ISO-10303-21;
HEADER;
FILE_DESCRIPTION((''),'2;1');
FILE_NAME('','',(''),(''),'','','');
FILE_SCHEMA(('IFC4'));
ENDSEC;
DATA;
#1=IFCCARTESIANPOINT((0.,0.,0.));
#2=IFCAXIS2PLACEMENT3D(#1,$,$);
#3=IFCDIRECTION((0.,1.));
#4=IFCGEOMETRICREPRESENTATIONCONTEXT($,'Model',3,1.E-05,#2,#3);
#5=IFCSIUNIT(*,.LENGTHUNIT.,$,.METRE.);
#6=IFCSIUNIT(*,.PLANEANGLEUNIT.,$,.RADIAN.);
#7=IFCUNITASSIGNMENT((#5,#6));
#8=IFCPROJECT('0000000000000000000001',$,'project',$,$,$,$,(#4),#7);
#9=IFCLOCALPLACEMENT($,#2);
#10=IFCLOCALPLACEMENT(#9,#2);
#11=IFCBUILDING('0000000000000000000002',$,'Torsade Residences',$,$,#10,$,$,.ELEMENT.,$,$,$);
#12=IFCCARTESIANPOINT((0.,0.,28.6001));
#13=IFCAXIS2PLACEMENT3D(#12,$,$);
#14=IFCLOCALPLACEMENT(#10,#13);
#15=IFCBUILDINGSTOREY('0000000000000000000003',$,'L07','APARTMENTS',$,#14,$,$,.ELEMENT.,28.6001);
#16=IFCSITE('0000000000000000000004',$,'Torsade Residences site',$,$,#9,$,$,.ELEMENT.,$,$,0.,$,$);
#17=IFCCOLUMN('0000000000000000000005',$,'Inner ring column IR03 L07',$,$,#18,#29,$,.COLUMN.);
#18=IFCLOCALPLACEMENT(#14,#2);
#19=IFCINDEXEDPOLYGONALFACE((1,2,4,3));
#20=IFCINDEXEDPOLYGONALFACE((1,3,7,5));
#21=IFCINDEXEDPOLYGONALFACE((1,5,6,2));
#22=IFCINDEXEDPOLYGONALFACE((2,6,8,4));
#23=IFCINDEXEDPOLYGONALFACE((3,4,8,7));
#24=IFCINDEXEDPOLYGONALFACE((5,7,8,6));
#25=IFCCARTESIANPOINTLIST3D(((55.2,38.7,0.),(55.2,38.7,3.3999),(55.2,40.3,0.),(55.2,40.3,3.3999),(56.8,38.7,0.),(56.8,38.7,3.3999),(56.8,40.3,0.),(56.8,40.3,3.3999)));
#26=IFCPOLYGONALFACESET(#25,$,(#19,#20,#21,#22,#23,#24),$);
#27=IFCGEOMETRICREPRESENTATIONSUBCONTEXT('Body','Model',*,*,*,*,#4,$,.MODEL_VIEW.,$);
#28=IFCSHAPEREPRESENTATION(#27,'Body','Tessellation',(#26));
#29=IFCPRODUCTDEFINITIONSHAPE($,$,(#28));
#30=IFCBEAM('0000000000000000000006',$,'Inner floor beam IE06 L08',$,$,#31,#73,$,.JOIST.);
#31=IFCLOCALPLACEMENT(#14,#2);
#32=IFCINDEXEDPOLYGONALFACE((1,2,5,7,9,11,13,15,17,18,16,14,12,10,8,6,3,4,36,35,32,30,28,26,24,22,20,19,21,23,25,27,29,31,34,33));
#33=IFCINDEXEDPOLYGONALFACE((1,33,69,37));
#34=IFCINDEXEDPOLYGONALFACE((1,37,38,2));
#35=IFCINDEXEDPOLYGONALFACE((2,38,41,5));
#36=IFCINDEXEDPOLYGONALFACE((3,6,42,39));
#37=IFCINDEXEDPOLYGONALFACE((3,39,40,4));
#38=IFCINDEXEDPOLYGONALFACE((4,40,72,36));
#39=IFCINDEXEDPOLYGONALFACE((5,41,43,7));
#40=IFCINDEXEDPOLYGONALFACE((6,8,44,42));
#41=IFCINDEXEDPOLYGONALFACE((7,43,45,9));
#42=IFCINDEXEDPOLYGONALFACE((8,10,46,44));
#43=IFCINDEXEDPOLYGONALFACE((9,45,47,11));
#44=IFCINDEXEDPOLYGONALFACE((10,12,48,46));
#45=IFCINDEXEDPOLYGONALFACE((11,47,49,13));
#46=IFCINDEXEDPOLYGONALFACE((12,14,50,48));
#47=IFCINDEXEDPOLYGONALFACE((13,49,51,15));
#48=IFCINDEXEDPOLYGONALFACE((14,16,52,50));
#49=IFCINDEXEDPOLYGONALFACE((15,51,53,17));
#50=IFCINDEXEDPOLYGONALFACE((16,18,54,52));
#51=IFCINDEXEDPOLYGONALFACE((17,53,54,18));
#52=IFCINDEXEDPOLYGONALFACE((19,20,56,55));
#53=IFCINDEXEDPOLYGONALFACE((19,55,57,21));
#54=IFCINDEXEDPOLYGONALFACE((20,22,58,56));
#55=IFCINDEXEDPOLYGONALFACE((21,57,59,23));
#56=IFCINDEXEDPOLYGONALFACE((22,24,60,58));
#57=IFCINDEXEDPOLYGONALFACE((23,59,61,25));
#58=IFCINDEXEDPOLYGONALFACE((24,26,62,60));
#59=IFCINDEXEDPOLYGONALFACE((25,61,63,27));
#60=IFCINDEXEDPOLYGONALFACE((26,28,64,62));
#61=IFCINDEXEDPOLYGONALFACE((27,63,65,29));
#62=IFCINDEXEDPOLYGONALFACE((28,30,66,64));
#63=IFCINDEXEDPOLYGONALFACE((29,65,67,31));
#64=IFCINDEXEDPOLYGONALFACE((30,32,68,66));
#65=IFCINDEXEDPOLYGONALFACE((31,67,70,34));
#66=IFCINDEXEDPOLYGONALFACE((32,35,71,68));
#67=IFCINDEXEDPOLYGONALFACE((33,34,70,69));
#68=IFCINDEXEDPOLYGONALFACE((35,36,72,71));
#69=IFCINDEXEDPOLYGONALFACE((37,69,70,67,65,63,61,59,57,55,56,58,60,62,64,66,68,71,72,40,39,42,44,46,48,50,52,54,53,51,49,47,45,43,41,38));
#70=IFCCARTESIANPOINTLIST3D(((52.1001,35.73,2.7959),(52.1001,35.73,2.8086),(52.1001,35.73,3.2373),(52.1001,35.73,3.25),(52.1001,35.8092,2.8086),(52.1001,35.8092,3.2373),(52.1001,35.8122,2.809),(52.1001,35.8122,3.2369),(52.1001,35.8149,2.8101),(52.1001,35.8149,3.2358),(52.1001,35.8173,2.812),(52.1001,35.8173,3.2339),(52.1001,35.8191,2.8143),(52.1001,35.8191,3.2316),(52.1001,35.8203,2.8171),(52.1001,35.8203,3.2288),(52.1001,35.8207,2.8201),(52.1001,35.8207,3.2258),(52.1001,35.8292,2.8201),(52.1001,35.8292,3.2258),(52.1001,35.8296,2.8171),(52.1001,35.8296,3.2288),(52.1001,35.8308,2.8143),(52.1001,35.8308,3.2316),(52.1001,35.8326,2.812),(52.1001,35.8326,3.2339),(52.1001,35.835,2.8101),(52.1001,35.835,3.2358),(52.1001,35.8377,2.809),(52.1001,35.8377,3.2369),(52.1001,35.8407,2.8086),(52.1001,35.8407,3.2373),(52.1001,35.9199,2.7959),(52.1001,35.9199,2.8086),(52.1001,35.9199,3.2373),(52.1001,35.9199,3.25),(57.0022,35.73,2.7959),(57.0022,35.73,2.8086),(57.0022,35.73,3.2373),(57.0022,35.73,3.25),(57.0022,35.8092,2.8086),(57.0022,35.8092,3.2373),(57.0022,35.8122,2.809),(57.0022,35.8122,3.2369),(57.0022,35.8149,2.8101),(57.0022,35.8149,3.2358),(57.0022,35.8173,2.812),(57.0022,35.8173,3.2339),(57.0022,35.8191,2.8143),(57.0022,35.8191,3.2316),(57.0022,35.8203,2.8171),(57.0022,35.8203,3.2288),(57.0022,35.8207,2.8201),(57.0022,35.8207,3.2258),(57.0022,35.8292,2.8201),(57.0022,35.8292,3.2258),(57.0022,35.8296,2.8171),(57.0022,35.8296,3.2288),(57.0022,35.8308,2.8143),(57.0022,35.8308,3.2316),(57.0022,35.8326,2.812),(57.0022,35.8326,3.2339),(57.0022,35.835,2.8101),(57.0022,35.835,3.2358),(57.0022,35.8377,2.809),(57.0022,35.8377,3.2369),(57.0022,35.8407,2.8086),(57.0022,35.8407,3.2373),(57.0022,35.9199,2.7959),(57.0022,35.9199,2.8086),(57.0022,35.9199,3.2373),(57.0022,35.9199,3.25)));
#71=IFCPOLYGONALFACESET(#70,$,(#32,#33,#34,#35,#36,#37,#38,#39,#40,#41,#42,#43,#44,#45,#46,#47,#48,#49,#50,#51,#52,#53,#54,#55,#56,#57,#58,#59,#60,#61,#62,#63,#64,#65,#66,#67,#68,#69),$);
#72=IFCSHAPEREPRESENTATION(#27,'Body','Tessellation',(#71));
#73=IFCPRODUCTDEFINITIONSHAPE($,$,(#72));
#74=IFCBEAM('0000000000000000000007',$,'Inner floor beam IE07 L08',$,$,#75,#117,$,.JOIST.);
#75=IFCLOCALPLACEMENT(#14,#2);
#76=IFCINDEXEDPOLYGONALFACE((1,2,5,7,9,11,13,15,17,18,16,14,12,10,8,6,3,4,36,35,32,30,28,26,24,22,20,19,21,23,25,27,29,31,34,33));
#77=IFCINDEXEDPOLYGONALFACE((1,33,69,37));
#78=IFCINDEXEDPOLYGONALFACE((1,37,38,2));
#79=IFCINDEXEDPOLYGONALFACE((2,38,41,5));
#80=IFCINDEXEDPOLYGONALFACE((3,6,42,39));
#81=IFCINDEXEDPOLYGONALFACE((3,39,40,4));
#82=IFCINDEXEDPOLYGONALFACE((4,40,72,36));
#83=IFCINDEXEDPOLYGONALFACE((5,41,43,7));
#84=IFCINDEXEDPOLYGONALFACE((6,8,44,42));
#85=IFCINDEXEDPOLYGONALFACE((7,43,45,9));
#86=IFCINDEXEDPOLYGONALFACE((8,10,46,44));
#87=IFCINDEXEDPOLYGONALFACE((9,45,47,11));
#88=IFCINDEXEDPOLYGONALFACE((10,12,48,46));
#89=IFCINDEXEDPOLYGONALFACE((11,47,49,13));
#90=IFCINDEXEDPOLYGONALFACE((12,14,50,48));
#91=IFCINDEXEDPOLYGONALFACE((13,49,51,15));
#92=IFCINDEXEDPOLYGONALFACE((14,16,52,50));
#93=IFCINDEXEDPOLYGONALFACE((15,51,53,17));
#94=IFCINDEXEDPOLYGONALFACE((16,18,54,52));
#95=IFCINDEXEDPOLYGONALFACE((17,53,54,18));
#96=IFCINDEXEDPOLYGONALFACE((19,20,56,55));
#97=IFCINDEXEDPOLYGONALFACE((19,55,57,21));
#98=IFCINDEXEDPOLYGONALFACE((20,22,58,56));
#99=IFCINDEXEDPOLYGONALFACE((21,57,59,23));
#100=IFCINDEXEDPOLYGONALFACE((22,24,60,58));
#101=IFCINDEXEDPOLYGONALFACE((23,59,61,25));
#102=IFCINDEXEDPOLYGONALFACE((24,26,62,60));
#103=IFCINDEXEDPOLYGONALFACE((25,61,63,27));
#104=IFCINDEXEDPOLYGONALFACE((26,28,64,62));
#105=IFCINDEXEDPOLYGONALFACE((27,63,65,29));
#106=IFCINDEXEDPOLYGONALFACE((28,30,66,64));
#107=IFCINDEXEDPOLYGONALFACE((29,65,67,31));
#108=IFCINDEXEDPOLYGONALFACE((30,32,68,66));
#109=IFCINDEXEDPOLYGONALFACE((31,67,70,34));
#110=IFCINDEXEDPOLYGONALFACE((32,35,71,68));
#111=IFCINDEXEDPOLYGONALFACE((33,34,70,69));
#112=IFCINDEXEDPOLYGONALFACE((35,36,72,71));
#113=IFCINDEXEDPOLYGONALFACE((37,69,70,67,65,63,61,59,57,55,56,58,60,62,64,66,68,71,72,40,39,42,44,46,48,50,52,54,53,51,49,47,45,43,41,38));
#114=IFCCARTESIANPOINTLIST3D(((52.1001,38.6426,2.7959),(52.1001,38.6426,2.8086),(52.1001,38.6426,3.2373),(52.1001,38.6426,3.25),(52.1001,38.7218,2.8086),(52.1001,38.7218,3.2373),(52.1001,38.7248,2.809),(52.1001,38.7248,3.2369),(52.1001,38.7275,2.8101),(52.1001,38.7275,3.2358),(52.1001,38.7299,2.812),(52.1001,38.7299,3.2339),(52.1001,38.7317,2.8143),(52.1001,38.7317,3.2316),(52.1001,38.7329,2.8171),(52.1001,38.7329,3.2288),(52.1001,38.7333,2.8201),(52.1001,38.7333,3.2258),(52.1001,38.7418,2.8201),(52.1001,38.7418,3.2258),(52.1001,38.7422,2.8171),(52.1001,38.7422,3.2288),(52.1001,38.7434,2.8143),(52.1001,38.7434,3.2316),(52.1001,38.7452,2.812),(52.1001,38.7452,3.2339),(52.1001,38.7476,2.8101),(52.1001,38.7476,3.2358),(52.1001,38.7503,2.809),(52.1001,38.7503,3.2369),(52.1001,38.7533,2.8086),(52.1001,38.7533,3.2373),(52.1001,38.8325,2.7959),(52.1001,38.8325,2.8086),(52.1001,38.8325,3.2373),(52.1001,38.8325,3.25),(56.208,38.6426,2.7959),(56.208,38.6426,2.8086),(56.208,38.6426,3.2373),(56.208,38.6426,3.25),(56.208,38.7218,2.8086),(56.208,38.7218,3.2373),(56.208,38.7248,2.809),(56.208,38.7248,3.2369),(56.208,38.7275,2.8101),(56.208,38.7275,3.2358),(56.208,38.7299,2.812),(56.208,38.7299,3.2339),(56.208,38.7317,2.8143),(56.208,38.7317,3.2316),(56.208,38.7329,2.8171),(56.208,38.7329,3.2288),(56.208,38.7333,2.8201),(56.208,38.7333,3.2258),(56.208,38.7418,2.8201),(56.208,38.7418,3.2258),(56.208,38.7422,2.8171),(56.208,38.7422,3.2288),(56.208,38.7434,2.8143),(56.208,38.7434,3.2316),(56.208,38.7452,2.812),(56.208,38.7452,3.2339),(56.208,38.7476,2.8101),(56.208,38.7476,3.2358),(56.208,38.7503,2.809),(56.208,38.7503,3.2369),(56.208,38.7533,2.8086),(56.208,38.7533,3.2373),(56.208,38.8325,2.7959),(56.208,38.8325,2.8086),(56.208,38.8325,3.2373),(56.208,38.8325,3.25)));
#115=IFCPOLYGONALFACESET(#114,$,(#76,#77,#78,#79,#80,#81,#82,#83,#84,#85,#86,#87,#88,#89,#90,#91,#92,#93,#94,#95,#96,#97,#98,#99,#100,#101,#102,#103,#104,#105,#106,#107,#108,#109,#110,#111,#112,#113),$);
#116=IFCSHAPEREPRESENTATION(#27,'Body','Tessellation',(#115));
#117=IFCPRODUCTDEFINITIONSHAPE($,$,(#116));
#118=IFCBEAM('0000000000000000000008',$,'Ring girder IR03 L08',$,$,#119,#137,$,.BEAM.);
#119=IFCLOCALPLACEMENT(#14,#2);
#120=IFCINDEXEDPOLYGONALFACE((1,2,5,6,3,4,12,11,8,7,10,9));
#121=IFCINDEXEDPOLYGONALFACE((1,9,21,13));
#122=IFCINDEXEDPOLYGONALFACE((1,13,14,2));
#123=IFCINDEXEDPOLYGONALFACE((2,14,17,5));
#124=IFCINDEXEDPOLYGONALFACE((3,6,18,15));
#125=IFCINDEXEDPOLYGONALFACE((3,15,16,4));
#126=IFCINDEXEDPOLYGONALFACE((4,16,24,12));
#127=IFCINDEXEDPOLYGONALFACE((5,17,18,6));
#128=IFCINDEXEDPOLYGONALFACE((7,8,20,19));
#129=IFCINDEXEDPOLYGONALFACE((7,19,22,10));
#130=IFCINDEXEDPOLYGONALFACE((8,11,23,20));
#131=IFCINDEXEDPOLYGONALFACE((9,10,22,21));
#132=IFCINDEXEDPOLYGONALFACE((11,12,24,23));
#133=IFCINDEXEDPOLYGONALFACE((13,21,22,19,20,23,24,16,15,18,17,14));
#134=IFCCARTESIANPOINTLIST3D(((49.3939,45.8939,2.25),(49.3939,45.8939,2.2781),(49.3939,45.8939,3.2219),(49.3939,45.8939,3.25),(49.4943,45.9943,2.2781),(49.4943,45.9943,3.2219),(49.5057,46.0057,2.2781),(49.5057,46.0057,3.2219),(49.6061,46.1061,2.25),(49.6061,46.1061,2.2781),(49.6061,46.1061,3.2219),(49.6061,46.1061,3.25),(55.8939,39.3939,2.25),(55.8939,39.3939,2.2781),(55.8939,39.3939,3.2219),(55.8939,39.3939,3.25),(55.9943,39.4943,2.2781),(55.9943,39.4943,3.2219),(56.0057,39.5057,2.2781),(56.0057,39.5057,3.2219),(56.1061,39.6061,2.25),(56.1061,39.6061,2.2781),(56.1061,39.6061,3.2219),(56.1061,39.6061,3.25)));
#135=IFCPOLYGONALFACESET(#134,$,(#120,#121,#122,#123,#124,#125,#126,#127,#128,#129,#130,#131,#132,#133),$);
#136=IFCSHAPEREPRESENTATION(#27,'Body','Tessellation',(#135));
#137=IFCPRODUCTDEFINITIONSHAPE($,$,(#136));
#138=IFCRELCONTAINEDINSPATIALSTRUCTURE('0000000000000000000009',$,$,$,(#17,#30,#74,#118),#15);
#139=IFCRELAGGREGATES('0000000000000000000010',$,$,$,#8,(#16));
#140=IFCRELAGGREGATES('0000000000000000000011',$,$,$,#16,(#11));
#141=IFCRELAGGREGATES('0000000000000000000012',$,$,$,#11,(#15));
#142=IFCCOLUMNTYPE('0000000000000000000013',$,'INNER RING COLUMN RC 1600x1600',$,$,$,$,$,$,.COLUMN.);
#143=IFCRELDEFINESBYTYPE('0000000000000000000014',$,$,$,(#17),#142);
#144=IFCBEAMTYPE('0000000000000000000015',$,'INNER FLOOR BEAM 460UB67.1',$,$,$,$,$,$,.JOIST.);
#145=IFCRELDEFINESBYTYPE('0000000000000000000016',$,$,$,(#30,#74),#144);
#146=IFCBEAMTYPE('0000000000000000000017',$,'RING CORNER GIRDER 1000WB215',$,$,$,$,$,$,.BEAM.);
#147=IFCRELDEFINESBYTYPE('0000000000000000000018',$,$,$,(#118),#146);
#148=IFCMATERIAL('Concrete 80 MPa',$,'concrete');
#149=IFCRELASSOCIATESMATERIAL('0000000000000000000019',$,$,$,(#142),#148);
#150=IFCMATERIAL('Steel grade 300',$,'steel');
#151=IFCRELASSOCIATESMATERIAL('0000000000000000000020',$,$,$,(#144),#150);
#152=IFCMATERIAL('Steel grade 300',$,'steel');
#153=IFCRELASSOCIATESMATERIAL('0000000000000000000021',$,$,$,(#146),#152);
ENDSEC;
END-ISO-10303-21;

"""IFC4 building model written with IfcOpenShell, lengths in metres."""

from ifc_helpers import new_model, si_unit, direction, frame, origin, origin_2d, place, context, subcontext, project, spatial, rectangle, i_section, extrude, material, material_profile, profile_set, type_object, element, save


model = new_model("IFC4")

# Units and contexts
model_context = context("Model", 3, precision=1e-05, world=origin(), true_north=direction((0.0, 1.0)))
body_context = subcontext(model_context, "Body", "Model", "MODEL_VIEW")
ifc_project = project(units=[si_unit("LENGTHUNIT", "METRE"), si_unit("PLANEANGLEUNIT", "RADIAN")], contexts=[model_context])

# Site, building, storey
site_placement = place(None, origin())
site = spatial("IfcSite", under=ifc_project, at=site_placement, Name="Torsade Residences site", CompositionType="ELEMENT", RefElevation=0.0)
building_placement = place(site_placement, origin())
building = spatial("IfcBuilding", under=site, at=building_placement, Name="Torsade Residences", CompositionType="ELEMENT")
storey_placement = place(building_placement, frame((0.0, 0.0, 28.6001)))
storey = spatial("IfcBuildingStorey", under=building, at=storey_placement, Name="L07", Description="APARTMENTS", CompositionType="ELEMENT", Elevation=28.6001)

# Column
ifc_material_1 = material(Name="Concrete 80 MPa", Category="concrete")
ifc_material_profile_1 = material_profile(ifc_material_1, rectangle(XDim=1.6001, YDim=1.6001, at=origin_2d()), Name="RC 1600x1600")
ifc_profile_set_1 = profile_set([ifc_material_profile_1], Name="Concrete 80 MPa")
column_type = type_object("IfcColumnType", Name="INNER RING COLUMN RC 1600x1600", PredefinedType="COLUMN", material=ifc_profile_set_1)
column_placement = place(storey_placement, frame((56.0, 39.5, 0.0), z_axis=(0.0, 0.0, 1.0), x_axis=(1.0, 0.0, 0.0)))
element("IfcColumn", 1, at=column_placement, inside=storey, type_object=column_type, Name="Inner ring column IR03 L07", PredefinedType="COLUMN", context=body_context, shape_type="SweptSolid", body=[
    extrude(rectangle(XDim=1.6001, YDim=1.6001, at=origin_2d()), origin(), (0.0, 0.0, 1.0), 3.3999),
])

# Beams
ifc_material_2 = material(Name="Steel grade 300", Category="steel")
ifc_material_profile_2 = material_profile(ifc_material_2, i_section(OverallWidth=0.1899, OverallDepth=0.4541, WebThickness=0.0085, FlangeThickness=0.0127, FilletRadius=0.0115, at=origin_2d()), Name="460UB67.1")
ifc_profile_set_2 = profile_set([ifc_material_profile_2], Name="Steel grade 300")
beam_type_1 = type_object("IfcBeamType", Name="INNER FLOOR BEAM 460UB67.1", PredefinedType="JOIST", material=ifc_profile_set_2)
beam_1_placement = place(storey_placement, frame((52.1001, 35.825, 3.0229), z_axis=(1.0, 0.0, 0.0), x_axis=(0.0, 1.0, 0.0)))
element("IfcBeam", 2, at=beam_1_placement, inside=storey, type_object=beam_type_1, Name="Inner floor beam IE06 L08", PredefinedType="JOIST", context=body_context, shape_type="SweptSolid", body=[
    extrude(i_section(OverallWidth=0.1899, OverallDepth=0.4541, WebThickness=0.0085, FlangeThickness=0.0127, FilletRadius=0.0115, at=origin_2d()), origin(), (0.0, 0.0, 1.0), 4.9021),
])
beam_2_placement = place(storey_placement, frame((52.1001, 38.7375, 3.0229), z_axis=(1.0, 0.0, 0.0), x_axis=(0.0, 1.0, 0.0)))
element("IfcBeam", 3, at=beam_2_placement, inside=storey, type_object=beam_type_1, Name="Inner floor beam IE07 L08", PredefinedType="JOIST", context=body_context, shape_type="SweptSolid", body=[
    extrude(i_section(OverallWidth=0.1899, OverallDepth=0.4541, WebThickness=0.0085, FlangeThickness=0.0127, FilletRadius=0.0115, at=origin_2d()), origin(), (0.0, 0.0, 1.0), 4.1079),
])
ifc_material_3 = material(Name="Steel grade 300", Category="steel")
ifc_material_profile_3 = material_profile(ifc_material_3, i_section(OverallWidth=0.3, OverallDepth=1.0, WebThickness=0.0161, FlangeThickness=0.0281, at=origin_2d()), Name="1000WB215")
ifc_profile_set_3 = profile_set([ifc_material_profile_3], Name="Steel grade 300")
beam_type_2 = type_object("IfcBeamType", Name="RING CORNER GIRDER 1000WB215", PredefinedType="BEAM", material=ifc_profile_set_3)
beam_3_placement = place(storey_placement, frame((56.0, 39.5, 2.75), z_axis=(-0.707107, 0.707107, 0.0), x_axis=(-0.707107, -0.707107, 0.0)))
element("IfcBeam", 4, at=beam_3_placement, inside=storey, type_object=beam_type_2, Name="Ring girder IR03 L08", PredefinedType="BEAM", context=body_context, shape_type="SweptSolid", body=[
    extrude(i_section(OverallWidth=0.3, OverallDepth=1.0, WebThickness=0.0161, FlangeThickness=0.0281, at=origin_2d()), origin(), (0.0, 0.0, 1.0), 9.1924),
])

save(model, "model.ifc")
